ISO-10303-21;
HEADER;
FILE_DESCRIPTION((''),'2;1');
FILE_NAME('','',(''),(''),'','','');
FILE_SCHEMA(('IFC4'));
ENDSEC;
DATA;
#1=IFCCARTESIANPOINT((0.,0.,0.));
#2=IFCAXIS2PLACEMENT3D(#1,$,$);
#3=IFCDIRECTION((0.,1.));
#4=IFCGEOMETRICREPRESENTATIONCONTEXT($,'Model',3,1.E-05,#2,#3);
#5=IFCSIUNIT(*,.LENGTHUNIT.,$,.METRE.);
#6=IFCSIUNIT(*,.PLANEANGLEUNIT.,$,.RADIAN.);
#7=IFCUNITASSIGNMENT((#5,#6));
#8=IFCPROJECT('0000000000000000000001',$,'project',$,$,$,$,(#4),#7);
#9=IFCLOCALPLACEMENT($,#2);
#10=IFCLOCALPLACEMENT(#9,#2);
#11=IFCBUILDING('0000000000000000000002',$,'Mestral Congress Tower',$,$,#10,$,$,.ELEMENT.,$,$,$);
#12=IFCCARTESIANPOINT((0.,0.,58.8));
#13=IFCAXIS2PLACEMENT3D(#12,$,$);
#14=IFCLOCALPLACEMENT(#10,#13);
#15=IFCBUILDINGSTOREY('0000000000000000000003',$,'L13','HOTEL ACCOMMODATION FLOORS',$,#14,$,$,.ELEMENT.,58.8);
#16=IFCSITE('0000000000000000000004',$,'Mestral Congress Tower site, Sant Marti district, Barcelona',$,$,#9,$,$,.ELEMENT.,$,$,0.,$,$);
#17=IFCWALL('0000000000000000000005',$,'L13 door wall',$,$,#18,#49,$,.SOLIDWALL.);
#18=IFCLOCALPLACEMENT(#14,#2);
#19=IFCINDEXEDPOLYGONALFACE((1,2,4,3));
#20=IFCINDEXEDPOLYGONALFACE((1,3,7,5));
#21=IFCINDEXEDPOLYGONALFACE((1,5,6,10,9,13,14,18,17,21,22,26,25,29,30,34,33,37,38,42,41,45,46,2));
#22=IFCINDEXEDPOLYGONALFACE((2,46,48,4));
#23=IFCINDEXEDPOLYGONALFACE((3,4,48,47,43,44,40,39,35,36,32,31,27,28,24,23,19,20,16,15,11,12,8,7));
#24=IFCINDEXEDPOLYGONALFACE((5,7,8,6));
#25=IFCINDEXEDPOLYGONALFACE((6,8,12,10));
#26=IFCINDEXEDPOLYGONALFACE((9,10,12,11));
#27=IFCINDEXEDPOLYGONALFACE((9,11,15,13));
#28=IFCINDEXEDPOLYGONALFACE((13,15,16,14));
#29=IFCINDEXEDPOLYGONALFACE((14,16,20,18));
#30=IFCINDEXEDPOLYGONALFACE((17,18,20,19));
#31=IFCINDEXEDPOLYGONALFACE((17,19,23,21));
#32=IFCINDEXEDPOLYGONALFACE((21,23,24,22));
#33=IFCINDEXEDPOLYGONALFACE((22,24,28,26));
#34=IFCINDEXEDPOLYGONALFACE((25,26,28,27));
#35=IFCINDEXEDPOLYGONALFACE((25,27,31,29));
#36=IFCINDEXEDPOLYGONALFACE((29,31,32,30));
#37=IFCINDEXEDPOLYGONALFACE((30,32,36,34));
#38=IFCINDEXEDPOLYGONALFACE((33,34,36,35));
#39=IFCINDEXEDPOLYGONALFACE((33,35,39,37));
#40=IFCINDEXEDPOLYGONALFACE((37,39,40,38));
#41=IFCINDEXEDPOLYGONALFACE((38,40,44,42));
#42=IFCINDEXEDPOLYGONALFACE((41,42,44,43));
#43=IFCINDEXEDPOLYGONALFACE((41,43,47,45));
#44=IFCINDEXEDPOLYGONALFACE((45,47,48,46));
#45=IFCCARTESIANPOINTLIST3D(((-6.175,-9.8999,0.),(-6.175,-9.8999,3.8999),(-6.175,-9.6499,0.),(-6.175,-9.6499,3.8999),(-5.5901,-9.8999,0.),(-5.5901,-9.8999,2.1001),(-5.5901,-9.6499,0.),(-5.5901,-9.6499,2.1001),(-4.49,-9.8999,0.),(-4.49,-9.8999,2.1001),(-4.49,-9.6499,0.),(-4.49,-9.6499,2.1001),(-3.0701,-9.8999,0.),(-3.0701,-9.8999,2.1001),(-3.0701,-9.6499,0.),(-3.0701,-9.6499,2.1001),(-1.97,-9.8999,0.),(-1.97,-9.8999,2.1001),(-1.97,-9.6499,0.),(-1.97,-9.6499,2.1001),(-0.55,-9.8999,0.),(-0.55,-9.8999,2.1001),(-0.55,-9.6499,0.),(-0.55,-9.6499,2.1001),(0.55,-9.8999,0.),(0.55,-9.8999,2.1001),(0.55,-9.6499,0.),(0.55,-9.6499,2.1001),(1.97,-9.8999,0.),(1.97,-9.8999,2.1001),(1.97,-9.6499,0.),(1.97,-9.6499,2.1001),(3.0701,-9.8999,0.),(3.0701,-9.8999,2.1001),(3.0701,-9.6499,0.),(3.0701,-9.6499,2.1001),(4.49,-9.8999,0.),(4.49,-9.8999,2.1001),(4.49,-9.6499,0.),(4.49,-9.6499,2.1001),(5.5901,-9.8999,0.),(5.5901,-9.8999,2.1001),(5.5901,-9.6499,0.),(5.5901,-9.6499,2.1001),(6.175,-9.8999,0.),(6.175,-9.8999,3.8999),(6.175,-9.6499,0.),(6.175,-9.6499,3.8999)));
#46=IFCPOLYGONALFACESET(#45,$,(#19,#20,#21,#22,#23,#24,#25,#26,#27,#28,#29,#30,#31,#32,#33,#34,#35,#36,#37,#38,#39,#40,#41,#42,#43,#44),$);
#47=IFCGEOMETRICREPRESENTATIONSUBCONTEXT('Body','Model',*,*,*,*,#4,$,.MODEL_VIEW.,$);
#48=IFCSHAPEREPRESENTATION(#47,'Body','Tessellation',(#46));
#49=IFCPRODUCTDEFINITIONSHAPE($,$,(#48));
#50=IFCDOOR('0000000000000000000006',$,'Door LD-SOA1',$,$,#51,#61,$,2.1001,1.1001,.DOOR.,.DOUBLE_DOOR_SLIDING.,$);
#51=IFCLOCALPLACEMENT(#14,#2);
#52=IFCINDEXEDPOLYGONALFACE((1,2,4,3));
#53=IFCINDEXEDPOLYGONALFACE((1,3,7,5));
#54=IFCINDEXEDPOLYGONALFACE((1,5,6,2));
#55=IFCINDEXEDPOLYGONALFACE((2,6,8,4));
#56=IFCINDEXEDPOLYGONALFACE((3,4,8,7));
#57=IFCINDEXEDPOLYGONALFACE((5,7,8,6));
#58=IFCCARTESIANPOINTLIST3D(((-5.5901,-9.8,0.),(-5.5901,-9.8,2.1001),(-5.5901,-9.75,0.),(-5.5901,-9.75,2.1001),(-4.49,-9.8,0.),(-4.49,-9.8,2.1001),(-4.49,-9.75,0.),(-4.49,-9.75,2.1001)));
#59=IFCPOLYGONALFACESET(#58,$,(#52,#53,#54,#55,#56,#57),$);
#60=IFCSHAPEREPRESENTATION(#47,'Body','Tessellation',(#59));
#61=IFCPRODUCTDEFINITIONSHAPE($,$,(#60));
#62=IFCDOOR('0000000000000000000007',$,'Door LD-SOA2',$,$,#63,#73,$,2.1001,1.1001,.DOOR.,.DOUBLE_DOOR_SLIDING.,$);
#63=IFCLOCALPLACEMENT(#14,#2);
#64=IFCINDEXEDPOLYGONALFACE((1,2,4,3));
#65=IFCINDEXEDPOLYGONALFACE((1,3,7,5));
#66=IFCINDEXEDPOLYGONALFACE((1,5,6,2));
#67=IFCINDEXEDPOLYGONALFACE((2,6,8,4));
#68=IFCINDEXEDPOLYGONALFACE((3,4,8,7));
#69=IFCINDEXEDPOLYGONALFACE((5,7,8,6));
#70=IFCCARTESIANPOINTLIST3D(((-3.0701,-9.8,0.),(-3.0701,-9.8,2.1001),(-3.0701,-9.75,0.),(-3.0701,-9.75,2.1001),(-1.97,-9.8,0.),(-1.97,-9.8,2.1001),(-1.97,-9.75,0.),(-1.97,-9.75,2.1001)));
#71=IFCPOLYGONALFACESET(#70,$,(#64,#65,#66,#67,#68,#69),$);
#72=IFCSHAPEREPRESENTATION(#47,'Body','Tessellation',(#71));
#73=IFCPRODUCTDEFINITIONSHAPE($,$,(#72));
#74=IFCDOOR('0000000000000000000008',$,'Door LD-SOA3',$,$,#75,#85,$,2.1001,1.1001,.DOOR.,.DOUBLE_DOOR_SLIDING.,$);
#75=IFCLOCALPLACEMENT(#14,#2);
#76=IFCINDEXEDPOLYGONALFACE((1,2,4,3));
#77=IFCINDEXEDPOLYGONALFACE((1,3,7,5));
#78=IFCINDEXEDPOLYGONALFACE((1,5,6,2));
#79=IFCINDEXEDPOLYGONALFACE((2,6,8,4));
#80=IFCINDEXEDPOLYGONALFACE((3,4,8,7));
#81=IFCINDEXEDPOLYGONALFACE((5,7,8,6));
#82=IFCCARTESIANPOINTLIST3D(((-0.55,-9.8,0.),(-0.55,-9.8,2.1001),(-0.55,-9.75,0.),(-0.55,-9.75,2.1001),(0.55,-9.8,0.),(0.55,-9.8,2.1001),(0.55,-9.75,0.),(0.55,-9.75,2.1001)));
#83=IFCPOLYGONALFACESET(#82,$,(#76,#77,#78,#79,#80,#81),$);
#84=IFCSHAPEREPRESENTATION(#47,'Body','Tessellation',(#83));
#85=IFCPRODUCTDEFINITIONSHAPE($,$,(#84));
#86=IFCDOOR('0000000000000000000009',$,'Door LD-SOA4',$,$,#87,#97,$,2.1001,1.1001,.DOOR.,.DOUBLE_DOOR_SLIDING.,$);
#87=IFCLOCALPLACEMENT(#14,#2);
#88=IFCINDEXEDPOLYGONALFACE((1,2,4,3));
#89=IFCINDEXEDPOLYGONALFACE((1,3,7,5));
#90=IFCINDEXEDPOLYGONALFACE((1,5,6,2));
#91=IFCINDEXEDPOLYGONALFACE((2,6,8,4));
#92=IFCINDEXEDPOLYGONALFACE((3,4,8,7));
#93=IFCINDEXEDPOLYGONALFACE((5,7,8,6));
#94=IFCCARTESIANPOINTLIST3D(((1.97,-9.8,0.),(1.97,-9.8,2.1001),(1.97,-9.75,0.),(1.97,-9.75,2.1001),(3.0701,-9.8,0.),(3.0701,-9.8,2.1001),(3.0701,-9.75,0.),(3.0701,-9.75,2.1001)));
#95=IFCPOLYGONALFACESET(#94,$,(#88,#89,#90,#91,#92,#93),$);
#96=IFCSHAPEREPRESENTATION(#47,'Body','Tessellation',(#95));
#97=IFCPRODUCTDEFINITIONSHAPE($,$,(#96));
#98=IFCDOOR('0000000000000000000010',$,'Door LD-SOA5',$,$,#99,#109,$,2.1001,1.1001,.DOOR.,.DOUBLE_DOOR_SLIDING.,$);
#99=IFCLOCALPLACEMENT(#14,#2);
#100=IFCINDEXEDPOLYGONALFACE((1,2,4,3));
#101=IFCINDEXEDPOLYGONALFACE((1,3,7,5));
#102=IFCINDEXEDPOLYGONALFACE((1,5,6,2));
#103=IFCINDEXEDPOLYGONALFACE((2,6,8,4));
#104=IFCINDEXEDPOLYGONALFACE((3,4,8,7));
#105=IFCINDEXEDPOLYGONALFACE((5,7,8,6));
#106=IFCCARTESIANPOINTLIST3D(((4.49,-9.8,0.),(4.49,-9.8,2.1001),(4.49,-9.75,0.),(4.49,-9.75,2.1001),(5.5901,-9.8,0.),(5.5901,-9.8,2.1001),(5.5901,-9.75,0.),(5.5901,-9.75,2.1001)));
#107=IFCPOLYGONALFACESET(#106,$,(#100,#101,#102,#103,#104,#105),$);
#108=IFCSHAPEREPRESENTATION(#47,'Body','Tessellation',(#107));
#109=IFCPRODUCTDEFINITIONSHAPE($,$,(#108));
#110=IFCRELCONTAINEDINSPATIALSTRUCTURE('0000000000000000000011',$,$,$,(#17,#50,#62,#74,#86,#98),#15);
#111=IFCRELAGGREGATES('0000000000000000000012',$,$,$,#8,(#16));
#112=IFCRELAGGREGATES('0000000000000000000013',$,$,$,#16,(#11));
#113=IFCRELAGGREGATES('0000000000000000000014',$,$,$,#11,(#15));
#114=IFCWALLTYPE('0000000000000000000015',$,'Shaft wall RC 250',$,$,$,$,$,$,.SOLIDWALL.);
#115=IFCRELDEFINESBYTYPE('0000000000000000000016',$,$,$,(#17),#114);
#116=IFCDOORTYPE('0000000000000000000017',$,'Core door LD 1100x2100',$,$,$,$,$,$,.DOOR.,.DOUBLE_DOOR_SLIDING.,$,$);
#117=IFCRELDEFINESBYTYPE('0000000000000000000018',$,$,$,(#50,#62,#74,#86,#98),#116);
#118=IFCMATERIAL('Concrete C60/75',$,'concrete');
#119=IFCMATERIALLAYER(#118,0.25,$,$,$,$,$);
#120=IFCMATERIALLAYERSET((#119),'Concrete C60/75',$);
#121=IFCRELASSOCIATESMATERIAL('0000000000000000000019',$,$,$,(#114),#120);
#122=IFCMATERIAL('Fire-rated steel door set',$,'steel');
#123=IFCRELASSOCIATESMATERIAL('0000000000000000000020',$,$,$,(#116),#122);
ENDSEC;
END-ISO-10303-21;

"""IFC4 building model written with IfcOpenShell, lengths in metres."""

from ifc_helpers import new_model, si_unit, direction, frame, frame_2d, origin, place, context, subcontext, project, spatial, rectangle, extrude, material, layer, layer_set, type_object, element, fill, save


model = new_model("IFC4")

# Units and contexts
model_context = context("Model", 3, precision=1e-05, world=origin(), true_north=direction((0.0, 1.0)))
body_context = subcontext(model_context, "Body", "Model", "MODEL_VIEW")
ifc_project = project(units=[si_unit("LENGTHUNIT", "METRE"), si_unit("PLANEANGLEUNIT", "RADIAN")], contexts=[model_context])

# Site, building, storey
site_placement = place(None, origin())
site = spatial("IfcSite", under=ifc_project, at=site_placement, Name="Mestral Congress Tower site, Sant Marti district, Barcelona", CompositionType="ELEMENT", RefElevation=0.0)
building_placement = place(site_placement, origin())
building = spatial("IfcBuilding", under=site, at=building_placement, Name="Mestral Congress Tower", CompositionType="ELEMENT")
storey_placement = place(building_placement, frame((0.0, 0.0, 58.8)))
storey = spatial("IfcBuildingStorey", under=building, at=storey_placement, Name="L13", Description="HOTEL ACCOMMODATION FLOORS", CompositionType="ELEMENT", Elevation=58.8)

# Shared definitions
ifc_material_1 = material(Name="Fire-rated steel door set", Category="steel")

# Shared definitions
ifc_material_2 = material(Name="Concrete C60/75", Category="concrete")
ifc_layer_1 = layer(ifc_material_2, 0.25)
ifc_layer_set_1 = layer_set([ifc_layer_1], Name="Concrete C60/75")
wall_type_1 = type_object("IfcWallType", Name="Shaft wall RC 250", PredefinedType="SOLIDWALL", material=ifc_layer_set_1)

# Wall, openings, doors
wall_1_placement = place(storey_placement, frame((-6.175, -9.7749, 0.0), z_axis=(0.0, 0.0, 1.0), x_axis=(1.0, 0.0, 0.0)))
wall_1 = element("IfcWall", 1, at=wall_1_placement, inside=storey, type_object=wall_type_1, Name="L13 door wall", PredefinedType="SOLIDWALL", context=body_context, shape_type="SweptSolid", body=[
    extrude(rectangle(XDim=12.3501, YDim=0.25, at=frame_2d((6.175, 0.0))), origin(), (0.0, 0.0, 1.0), 3.8999),
])
opening_1_placement = place(wall_1_placement, frame((0.585, 0.0, 0.0)))
opening_1 = element("IfcOpeningElement", 2, at=opening_1_placement, cuts=wall_1, PredefinedType="OPENING", context=body_context, shape_type="SweptSolid", body=[
    extrude(rectangle(XDim=1.1001, YDim=2.1001, at=frame_2d((0.55, 1.05))), frame((0.0, 0.135, 0.0), z_axis=(0.0, -1.0, 0.0), x_axis=(1.0, 0.0, 0.0)), (0.0, 0.0, 1.0), 0.27),
])
opening_2_placement = place(wall_1_placement, frame((3.105, 0.0, 0.0)))
opening_2 = element("IfcOpeningElement", 3, at=opening_2_placement, cuts=wall_1, PredefinedType="OPENING", context=body_context, shape_type="SweptSolid", body=[
    extrude(rectangle(XDim=1.1001, YDim=2.1001, at=frame_2d((0.55, 1.05))), frame((0.0, 0.135, 0.0), z_axis=(0.0, -1.0, 0.0), x_axis=(1.0, 0.0, 0.0)), (0.0, 0.0, 1.0), 0.27),
])
opening_3_placement = place(wall_1_placement, frame((5.625, 0.0, 0.0)))
opening_3 = element("IfcOpeningElement", 4, at=opening_3_placement, cuts=wall_1, PredefinedType="OPENING", context=body_context, shape_type="SweptSolid", body=[
    extrude(rectangle(XDim=1.1001, YDim=2.1001, at=frame_2d((0.55, 1.05))), frame((0.0, 0.135, 0.0), z_axis=(0.0, -1.0, 0.0), x_axis=(1.0, 0.0, 0.0)), (0.0, 0.0, 1.0), 0.27),
])
opening_4_placement = place(wall_1_placement, frame((8.145, 0.0, 0.0)))
opening_4 = element("IfcOpeningElement", 5, at=opening_4_placement, cuts=wall_1, PredefinedType="OPENING", context=body_context, shape_type="SweptSolid", body=[
    extrude(rectangle(XDim=1.1001, YDim=2.1001, at=frame_2d((0.55, 1.05))), frame((0.0, 0.135, 0.0), z_axis=(0.0, -1.0, 0.0), x_axis=(1.0, 0.0, 0.0)), (0.0, 0.0, 1.0), 0.27),
])
opening_5_placement = place(wall_1_placement, frame((10.665, 0.0, 0.0)))
opening_5 = element("IfcOpeningElement", 6, at=opening_5_placement, cuts=wall_1, PredefinedType="OPENING", context=body_context, shape_type="SweptSolid", body=[
    extrude(rectangle(XDim=1.1001, YDim=2.1001, at=frame_2d((0.55, 1.05))), frame((0.0, 0.135, 0.0), z_axis=(0.0, -1.0, 0.0), x_axis=(1.0, 0.0, 0.0)), (0.0, 0.0, 1.0), 0.27),
])
door_type_1 = type_object("IfcDoorType", Name="Core door LD 1100x2100", OperationType="DOUBLE_DOOR_SLIDING", PredefinedType="DOOR", material=ifc_material_1)
door_1_placement = place(opening_1_placement, origin())
door_1 = element("IfcDoor", 7, at=door_1_placement, inside=storey, type_object=door_type_1, Name="Door LD-SOA1", OperationType="DOUBLE_DOOR_SLIDING", OverallHeight=2.1001, OverallWidth=1.1001, PredefinedType="DOOR", context=body_context, shape_type="SweptSolid", body=[
    extrude(rectangle(XDim=1.1001, YDim=2.1001, at=frame_2d((0.55, 1.05))), frame((0.0, 0.0249, 0.0), z_axis=(0.0, -1.0, 0.0), x_axis=(1.0, 0.0, 0.0)), (0.0, 0.0, 1.0), 0.05),
])
fill(opening_1, door_1)
door_2_placement = place(opening_2_placement, origin())
door_2 = element("IfcDoor", 8, at=door_2_placement, inside=storey, type_object=door_type_1, Name="Door LD-SOA2", OperationType="DOUBLE_DOOR_SLIDING", OverallHeight=2.1001, OverallWidth=1.1001, PredefinedType="DOOR", context=body_context, shape_type="SweptSolid", body=[
    extrude(rectangle(XDim=1.1001, YDim=2.1001, at=frame_2d((0.55, 1.05))), frame((0.0, 0.0249, 0.0), z_axis=(0.0, -1.0, 0.0), x_axis=(1.0, 0.0, 0.0)), (0.0, 0.0, 1.0), 0.05),
])
fill(opening_2, door_2)
door_3_placement = place(opening_3_placement, origin())
door_3 = element("IfcDoor", 9, at=door_3_placement, inside=storey, type_object=door_type_1, Name="Door LD-SOA3", OperationType="DOUBLE_DOOR_SLIDING", OverallHeight=2.1001, OverallWidth=1.1001, PredefinedType="DOOR", context=body_context, shape_type="SweptSolid", body=[
    extrude(rectangle(XDim=1.1001, YDim=2.1001, at=frame_2d((0.55, 1.05))), frame((0.0, 0.0249, 0.0), z_axis=(0.0, -1.0, 0.0), x_axis=(1.0, 0.0, 0.0)), (0.0, 0.0, 1.0), 0.05),
])
fill(opening_3, door_3)
door_4_placement = place(opening_4_placement, origin())
door_4 = element("IfcDoor", 10, at=door_4_placement, inside=storey, type_object=door_type_1, Name="Door LD-SOA4", OperationType="DOUBLE_DOOR_SLIDING", OverallHeight=2.1001, OverallWidth=1.1001, PredefinedType="DOOR", context=body_context, shape_type="SweptSolid", body=[
    extrude(rectangle(XDim=1.1001, YDim=2.1001, at=frame_2d((0.55, 1.05))), frame((0.0, 0.0249, 0.0), z_axis=(0.0, -1.0, 0.0), x_axis=(1.0, 0.0, 0.0)), (0.0, 0.0, 1.0), 0.05),
])
fill(opening_4, door_4)
door_5_placement = place(opening_5_placement, origin())
door_5 = element("IfcDoor", 11, at=door_5_placement, inside=storey, type_object=door_type_1, Name="Door LD-SOA5", OperationType="DOUBLE_DOOR_SLIDING", OverallHeight=2.1001, OverallWidth=1.1001, PredefinedType="DOOR", context=body_context, shape_type="SweptSolid", body=[
    extrude(rectangle(XDim=1.1001, YDim=2.1001, at=frame_2d((0.55, 1.05))), frame((0.0, 0.0249, 0.0), z_axis=(0.0, -1.0, 0.0), x_axis=(1.0, 0.0, 0.0)), (0.0, 0.0, 1.0), 0.05),
])
fill(opening_5, door_5)

save(model, "model.ifc")
